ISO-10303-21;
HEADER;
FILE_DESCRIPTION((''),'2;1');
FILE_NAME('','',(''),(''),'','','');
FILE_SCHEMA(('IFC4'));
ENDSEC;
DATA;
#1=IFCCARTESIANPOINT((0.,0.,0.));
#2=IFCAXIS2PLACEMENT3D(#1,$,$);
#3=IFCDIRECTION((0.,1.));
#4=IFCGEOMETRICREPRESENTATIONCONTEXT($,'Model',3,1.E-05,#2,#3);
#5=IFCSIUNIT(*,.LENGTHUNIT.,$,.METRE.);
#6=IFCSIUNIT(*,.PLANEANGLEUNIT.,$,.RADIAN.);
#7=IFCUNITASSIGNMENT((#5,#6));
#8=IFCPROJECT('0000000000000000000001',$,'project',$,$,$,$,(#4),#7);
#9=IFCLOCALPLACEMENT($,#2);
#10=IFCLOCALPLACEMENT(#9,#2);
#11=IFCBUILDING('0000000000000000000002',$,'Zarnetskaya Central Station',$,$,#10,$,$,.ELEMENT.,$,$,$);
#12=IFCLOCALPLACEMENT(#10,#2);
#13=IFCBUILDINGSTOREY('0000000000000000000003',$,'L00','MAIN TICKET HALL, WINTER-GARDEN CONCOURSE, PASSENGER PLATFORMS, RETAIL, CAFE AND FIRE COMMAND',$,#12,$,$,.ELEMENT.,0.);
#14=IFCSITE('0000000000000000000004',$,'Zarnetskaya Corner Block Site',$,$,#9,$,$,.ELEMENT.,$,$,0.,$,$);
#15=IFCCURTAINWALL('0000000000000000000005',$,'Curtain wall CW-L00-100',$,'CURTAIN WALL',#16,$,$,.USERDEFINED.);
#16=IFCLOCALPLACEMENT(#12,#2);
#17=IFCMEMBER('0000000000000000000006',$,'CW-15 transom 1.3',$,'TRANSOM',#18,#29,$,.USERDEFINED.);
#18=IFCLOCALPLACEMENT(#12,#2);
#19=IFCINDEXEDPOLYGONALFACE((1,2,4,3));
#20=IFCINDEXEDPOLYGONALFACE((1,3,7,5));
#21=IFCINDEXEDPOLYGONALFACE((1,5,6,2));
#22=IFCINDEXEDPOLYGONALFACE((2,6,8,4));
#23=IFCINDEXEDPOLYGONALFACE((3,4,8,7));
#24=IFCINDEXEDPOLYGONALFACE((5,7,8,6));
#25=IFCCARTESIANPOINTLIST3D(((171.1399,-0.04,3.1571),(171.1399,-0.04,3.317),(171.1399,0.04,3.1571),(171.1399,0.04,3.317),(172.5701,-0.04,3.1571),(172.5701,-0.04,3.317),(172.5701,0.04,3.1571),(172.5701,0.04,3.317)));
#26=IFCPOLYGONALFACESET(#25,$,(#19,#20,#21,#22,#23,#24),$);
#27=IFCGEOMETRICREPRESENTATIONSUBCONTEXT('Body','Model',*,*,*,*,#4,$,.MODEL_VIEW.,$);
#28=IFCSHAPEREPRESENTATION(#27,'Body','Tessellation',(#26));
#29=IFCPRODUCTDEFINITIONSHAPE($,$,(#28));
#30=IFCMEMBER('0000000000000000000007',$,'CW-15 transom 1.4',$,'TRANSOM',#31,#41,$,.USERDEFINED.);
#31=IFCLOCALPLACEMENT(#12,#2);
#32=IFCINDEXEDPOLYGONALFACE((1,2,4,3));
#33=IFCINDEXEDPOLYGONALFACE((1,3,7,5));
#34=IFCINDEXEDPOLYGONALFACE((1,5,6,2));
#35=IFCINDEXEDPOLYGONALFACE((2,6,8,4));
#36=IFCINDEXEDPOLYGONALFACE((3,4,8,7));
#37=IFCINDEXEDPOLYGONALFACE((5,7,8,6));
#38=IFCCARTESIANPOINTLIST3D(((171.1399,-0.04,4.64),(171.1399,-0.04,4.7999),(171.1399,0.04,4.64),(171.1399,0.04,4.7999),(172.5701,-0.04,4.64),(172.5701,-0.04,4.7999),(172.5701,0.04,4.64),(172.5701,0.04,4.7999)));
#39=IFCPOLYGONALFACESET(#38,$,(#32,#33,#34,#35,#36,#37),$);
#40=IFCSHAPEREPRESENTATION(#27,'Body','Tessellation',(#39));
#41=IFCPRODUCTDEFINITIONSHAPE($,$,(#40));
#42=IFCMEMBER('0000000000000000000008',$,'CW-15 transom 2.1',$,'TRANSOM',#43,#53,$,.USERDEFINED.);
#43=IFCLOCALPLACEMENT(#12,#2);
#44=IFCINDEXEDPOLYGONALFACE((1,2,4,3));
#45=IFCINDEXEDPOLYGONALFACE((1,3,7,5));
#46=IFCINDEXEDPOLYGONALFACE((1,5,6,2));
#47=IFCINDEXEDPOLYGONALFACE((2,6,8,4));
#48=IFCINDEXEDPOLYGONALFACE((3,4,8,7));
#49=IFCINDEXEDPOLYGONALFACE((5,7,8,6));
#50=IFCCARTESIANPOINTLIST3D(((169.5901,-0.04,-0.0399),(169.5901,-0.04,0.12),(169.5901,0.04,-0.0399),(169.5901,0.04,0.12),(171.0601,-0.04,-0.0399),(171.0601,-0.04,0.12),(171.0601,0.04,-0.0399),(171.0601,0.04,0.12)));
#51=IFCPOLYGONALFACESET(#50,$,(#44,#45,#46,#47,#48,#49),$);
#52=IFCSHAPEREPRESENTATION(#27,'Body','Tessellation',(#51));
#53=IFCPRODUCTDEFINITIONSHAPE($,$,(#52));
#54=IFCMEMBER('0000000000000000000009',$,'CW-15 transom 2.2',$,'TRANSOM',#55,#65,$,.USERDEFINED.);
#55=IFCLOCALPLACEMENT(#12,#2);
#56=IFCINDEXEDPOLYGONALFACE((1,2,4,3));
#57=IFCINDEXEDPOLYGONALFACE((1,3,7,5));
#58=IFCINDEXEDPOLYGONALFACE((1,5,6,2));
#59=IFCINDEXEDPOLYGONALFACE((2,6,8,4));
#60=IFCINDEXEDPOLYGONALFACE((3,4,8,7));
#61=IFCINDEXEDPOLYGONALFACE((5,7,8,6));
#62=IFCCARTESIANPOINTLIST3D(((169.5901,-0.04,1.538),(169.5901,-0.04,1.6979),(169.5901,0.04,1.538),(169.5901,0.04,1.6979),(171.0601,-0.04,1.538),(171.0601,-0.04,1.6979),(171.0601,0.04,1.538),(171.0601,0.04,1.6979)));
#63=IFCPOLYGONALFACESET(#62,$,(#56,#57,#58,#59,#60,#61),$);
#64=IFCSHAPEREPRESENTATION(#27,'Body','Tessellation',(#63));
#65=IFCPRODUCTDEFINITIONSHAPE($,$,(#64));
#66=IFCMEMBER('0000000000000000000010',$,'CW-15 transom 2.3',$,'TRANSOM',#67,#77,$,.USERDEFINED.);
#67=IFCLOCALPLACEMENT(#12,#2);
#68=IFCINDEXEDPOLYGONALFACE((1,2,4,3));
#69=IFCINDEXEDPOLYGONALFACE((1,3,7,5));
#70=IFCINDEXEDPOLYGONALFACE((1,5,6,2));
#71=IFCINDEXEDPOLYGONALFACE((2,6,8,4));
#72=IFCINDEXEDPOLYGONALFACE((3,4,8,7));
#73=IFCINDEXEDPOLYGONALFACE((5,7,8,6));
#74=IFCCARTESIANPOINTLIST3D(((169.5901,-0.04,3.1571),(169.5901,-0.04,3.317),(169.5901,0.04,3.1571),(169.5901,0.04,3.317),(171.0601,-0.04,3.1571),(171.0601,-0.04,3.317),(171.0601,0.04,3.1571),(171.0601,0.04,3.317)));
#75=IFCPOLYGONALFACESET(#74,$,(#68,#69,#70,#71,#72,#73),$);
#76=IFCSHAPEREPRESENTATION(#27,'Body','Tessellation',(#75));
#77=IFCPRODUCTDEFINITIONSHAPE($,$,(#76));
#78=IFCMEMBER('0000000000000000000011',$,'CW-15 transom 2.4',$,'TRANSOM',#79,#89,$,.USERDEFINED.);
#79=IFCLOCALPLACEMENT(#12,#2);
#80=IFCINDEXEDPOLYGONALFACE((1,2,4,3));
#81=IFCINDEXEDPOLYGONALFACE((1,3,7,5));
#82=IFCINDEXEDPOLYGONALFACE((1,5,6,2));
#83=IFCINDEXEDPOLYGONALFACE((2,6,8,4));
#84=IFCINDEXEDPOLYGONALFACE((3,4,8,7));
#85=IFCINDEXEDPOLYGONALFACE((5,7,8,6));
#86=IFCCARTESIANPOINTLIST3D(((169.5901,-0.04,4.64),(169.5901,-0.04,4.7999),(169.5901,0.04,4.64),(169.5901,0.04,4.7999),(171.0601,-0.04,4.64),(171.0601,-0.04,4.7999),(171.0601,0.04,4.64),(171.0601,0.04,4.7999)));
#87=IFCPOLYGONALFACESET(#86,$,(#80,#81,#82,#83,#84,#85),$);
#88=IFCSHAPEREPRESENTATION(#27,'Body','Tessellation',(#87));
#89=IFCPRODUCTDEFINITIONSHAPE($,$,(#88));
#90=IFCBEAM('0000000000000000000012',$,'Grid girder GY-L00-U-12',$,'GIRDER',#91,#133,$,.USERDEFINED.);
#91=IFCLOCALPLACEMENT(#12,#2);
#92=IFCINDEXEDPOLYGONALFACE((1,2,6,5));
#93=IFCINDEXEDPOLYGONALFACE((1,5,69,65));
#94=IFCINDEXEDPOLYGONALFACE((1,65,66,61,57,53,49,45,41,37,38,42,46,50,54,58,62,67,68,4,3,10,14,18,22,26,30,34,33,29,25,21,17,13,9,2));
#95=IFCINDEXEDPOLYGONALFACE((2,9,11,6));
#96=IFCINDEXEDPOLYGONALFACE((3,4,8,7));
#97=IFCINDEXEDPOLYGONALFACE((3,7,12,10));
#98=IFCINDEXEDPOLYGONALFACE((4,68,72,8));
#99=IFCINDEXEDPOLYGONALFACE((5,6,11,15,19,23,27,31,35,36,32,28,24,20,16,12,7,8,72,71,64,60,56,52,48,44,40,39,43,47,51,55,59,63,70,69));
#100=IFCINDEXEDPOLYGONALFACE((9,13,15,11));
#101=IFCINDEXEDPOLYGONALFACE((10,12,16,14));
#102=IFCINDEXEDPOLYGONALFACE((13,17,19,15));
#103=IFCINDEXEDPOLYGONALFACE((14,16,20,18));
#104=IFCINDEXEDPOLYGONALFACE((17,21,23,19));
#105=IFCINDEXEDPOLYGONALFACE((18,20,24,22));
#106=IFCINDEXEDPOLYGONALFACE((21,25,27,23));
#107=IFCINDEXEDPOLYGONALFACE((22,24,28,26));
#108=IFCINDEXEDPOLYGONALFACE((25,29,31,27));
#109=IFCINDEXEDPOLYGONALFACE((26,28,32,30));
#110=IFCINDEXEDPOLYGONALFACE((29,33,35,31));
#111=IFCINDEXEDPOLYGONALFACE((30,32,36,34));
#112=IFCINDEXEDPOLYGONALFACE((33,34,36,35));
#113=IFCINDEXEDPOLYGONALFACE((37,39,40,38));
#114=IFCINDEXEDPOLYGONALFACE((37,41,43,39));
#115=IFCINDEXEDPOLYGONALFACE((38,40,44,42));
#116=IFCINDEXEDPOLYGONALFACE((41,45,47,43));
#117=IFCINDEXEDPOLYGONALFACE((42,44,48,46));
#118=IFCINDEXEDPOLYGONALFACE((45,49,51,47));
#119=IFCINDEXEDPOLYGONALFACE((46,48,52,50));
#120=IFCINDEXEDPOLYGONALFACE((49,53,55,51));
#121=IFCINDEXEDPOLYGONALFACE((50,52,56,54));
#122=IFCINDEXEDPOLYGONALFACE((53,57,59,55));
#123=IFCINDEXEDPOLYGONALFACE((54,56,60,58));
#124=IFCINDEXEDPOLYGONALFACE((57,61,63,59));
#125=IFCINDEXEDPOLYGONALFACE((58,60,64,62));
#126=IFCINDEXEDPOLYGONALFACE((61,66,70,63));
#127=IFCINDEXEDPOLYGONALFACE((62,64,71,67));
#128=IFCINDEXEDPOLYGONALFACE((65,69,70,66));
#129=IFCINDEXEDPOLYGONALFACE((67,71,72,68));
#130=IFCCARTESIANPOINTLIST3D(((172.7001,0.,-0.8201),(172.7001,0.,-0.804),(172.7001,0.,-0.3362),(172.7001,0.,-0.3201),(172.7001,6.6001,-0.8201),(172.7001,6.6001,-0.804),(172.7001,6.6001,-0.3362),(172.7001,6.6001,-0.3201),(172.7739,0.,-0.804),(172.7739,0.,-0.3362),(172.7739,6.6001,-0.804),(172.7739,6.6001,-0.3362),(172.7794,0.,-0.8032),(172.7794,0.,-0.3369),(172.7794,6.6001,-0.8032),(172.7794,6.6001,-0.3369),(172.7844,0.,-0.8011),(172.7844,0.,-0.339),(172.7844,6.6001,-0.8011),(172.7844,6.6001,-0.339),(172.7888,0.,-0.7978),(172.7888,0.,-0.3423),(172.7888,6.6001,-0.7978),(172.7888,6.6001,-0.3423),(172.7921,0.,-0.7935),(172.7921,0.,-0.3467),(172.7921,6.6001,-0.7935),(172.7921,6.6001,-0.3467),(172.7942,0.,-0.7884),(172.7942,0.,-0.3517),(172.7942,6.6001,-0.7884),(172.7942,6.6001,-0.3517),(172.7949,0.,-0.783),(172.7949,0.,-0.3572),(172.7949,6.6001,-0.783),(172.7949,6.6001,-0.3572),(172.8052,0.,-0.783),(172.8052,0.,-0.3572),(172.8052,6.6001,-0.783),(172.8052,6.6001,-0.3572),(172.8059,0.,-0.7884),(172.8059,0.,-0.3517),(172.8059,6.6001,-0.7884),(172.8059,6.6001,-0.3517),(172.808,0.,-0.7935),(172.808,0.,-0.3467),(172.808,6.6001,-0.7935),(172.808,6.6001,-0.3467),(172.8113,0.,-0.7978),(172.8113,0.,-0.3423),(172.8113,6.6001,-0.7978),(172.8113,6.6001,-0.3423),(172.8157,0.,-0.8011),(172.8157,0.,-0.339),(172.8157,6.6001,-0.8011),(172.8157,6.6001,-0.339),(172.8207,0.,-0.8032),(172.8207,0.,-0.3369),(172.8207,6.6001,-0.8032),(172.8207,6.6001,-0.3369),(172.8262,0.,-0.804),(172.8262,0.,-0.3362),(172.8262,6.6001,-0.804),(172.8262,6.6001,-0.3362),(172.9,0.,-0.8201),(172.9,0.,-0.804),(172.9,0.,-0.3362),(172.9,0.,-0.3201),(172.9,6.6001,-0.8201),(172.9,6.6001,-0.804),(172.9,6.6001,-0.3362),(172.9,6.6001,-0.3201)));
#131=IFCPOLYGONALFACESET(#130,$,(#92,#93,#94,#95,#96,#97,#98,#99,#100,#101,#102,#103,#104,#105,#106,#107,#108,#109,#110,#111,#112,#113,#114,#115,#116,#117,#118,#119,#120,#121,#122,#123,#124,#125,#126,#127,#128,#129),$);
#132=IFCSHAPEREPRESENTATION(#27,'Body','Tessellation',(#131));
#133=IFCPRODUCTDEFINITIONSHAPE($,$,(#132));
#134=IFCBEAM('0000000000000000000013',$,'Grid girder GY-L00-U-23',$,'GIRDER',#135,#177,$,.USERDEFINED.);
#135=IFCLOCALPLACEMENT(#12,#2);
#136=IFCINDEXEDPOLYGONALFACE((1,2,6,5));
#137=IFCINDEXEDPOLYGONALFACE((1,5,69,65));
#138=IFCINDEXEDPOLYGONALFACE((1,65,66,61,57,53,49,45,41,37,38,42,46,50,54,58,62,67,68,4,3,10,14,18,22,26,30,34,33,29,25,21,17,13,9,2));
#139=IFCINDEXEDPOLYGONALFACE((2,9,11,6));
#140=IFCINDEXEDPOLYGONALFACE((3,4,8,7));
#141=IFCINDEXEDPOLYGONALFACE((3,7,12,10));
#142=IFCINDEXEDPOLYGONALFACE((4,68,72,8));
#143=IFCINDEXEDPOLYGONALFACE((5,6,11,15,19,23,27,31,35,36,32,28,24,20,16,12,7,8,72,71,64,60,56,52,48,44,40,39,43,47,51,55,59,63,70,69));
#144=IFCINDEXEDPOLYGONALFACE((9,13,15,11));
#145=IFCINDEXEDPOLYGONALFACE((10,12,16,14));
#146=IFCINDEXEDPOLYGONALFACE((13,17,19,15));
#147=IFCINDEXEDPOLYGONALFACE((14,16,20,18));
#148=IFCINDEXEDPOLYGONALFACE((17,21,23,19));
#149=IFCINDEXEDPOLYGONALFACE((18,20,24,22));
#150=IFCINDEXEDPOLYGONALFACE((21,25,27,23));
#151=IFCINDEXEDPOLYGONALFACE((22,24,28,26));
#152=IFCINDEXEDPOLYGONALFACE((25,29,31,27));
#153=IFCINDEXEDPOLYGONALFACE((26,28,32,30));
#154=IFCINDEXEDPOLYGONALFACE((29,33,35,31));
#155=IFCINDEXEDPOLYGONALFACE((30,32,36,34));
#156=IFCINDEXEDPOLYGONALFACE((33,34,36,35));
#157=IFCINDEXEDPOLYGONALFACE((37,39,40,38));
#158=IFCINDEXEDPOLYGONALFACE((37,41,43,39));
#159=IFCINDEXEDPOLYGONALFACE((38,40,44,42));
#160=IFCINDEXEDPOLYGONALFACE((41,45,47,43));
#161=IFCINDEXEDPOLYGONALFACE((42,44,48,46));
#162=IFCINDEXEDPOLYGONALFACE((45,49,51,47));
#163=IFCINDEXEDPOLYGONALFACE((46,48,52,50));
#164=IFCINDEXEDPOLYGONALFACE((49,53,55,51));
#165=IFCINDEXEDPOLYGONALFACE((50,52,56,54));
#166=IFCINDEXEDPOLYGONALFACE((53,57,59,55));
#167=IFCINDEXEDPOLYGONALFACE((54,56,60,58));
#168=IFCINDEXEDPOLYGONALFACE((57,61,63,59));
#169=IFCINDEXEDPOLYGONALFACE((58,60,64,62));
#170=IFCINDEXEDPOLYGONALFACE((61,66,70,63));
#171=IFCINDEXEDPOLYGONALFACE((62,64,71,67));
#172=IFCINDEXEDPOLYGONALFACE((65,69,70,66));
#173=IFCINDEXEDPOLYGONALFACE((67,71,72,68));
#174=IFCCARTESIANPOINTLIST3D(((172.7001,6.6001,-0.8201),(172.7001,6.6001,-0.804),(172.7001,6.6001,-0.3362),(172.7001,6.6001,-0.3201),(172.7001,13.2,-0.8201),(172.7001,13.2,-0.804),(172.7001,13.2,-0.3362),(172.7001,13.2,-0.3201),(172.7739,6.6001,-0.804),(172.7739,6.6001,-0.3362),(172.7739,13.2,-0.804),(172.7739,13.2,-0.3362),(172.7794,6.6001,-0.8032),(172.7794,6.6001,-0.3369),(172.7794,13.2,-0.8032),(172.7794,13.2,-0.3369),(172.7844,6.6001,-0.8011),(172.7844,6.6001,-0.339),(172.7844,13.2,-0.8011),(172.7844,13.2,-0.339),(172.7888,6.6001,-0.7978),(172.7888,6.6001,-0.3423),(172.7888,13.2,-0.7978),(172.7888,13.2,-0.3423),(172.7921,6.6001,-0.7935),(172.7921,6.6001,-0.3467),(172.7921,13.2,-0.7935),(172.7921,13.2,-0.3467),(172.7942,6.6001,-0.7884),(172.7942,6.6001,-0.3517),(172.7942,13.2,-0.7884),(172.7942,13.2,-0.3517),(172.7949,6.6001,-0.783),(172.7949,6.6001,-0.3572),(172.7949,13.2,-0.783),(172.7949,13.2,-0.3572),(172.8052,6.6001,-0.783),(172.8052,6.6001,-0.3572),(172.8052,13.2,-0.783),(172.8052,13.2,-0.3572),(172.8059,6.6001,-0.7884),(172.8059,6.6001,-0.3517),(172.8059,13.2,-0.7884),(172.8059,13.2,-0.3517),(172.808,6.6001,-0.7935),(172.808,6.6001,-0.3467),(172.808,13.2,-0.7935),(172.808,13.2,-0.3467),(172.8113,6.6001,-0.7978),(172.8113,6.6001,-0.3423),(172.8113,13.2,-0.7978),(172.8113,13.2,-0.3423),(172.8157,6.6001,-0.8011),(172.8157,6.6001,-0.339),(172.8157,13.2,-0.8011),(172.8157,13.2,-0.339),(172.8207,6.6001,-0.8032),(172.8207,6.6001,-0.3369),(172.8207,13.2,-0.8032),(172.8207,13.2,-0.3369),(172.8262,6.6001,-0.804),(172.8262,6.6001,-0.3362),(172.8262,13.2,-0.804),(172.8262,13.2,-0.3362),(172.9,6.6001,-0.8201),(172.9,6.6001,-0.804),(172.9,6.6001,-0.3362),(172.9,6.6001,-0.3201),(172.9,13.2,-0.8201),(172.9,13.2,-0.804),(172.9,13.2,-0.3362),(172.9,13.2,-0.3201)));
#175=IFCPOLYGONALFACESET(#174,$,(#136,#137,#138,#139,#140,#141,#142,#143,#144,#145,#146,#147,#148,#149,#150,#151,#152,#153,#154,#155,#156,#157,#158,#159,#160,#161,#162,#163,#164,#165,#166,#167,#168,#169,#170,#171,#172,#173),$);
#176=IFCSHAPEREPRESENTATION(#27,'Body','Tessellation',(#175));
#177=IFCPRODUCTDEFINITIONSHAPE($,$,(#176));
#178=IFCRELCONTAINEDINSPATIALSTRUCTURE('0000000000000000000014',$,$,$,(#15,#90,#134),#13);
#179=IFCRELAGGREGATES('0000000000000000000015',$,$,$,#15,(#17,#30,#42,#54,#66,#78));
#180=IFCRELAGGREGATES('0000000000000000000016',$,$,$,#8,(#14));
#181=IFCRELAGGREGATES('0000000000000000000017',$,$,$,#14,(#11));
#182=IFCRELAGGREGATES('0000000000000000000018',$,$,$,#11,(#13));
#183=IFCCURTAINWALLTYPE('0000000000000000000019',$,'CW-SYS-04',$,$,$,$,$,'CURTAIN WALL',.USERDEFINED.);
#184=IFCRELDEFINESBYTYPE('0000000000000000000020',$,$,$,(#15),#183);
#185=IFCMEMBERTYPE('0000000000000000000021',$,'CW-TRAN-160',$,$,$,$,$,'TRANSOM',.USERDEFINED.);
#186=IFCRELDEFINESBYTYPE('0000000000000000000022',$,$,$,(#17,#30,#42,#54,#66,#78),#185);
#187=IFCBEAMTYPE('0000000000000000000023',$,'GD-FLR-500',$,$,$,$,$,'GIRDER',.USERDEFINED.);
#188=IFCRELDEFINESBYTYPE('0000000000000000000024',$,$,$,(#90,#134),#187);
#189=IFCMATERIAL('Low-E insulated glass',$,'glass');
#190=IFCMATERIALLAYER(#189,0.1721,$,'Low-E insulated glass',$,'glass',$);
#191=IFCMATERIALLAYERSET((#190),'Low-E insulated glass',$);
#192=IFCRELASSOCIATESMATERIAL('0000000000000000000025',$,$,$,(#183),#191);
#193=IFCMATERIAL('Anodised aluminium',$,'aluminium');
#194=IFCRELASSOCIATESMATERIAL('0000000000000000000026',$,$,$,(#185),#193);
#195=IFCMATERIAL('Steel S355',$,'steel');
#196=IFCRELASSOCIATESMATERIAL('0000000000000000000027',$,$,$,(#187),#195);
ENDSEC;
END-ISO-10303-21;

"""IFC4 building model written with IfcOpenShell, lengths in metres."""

from ifc_helpers import new_model, si_unit, direction, frame, origin, origin_2d, place, context, subcontext, project, spatial, rectangle, i_section, extrude, material, layer, layer_set, material_profile, profile_set, type_object, element, aggregate, save


model = new_model("IFC4")

# Units and contexts
model_context = context("Model", 3, precision=1e-05, world=origin(), true_north=direction((0.0, 1.0)))
body_context = subcontext(model_context, "Body", "Model", "MODEL_VIEW")
ifc_project = project(units=[si_unit("LENGTHUNIT", "METRE"), si_unit("PLANEANGLEUNIT", "RADIAN")], contexts=[model_context])

# Site, building, storey
site_placement = place(None, origin())
site = spatial("IfcSite", under=ifc_project, at=site_placement, Name="Zarnetskaya Corner Block Site", CompositionType="ELEMENT", RefElevation=0.0)
building_placement = place(site_placement, origin())
building = spatial("IfcBuilding", under=site, at=building_placement, Name="Zarnetskaya Central Station", CompositionType="ELEMENT")
storey_placement = place(building_placement, origin())
storey = spatial("IfcBuildingStorey", under=building, at=storey_placement, Name="L00", Description="MAIN TICKET HALL, WINTER-GARDEN CONCOURSE, PASSENGER PLATFORMS, RETAIL, CAFE AND FIRE COMMAND", CompositionType="ELEMENT", Elevation=0.0)

# Shared definitions
ifc_material_1 = material(Name="Steel S355", Category="steel")

# Curtain wall, members
ifc_material_2 = material(Name="Low-E insulated glass", Category="glass")
ifc_layer_1 = layer(ifc_material_2, 0.1721, Name="Low-E insulated glass", Category="glass")
ifc_layer_set_1 = layer_set([ifc_layer_1], Name="Low-E insulated glass")
curtain_wall_type = type_object("IfcCurtainWallType", Name="CW-SYS-04", ElementType="CURTAIN WALL", PredefinedType="USERDEFINED", material=ifc_layer_set_1)
curtain_wall_placement = place(storey_placement, origin())
curtain_wall = element("IfcCurtainWall", 1, at=curtain_wall_placement, inside=storey, type_object=curtain_wall_type, Name="Curtain wall CW-L00-100", ObjectType="CURTAIN WALL", PredefinedType="USERDEFINED")
ifc_material_3 = material(Name="Anodised aluminium", Category="aluminium")
ifc_material_profile_1 = material_profile(ifc_material_3, rectangle(XDim=0.0801, YDim=0.1599, at=origin_2d()), Name="ALU TRAN 80x160")
ifc_profile_set_1 = profile_set([ifc_material_profile_1], Name="Anodised aluminium")
member_type_1 = type_object("IfcMemberType", Name="CW-TRAN-160", ElementType="TRANSOM", PredefinedType="USERDEFINED", material=ifc_profile_set_1)
member_1_placement = place(storey_placement, frame((172.5701, 0.0, 3.2371), z_axis=(-1.0, 0.0, 0.0), x_axis=(0.0, -1.0, 0.0)))
member_1 = element("IfcMember", 2, at=member_1_placement, type_object=member_type_1, Name="CW-15 transom 1.3", ObjectType="TRANSOM", PredefinedType="USERDEFINED", context=body_context, shape_type="SweptSolid", body=[
    extrude(rectangle(XDim=0.0801, YDim=0.1599, at=origin_2d()), origin(), (0.0, 0.0, 1.0), 1.4302),
])
member_2_placement = place(storey_placement, frame((172.5701, 0.0, 4.72), z_axis=(-1.0, 0.0, 0.0), x_axis=(0.0, -1.0, 0.0)))
member_2 = element("IfcMember", 3, at=member_2_placement, type_object=member_type_1, Name="CW-15 transom 1.4", ObjectType="TRANSOM", PredefinedType="USERDEFINED", context=body_context, shape_type="SweptSolid", body=[
    extrude(rectangle(XDim=0.0801, YDim=0.1599, at=origin_2d()), origin(), (0.0, 0.0, 1.0), 1.4302),
])
member_3_placement = place(storey_placement, frame((171.0601, 0.0, 0.04), z_axis=(-1.0, 0.0, 0.0), x_axis=(0.0, -1.0, 0.0)))
member_3 = element("IfcMember", 4, at=member_3_placement, type_object=member_type_1, Name="CW-15 transom 2.1", ObjectType="TRANSOM", PredefinedType="USERDEFINED", context=body_context, shape_type="SweptSolid", body=[
    extrude(rectangle(XDim=0.0801, YDim=0.1599, at=origin_2d()), origin(), (0.0, 0.0, 1.0), 1.47),
])
member_4_placement = place(storey_placement, frame((171.0601, 0.0, 1.6179), z_axis=(-1.0, 0.0, 0.0), x_axis=(0.0, -1.0, 0.0)))
member_4 = element("IfcMember", 5, at=member_4_placement, type_object=member_type_1, Name="CW-15 transom 2.2", ObjectType="TRANSOM", PredefinedType="USERDEFINED", context=body_context, shape_type="SweptSolid", body=[
    extrude(rectangle(XDim=0.0801, YDim=0.1599, at=origin_2d()), origin(), (0.0, 0.0, 1.0), 1.47),
])
member_5_placement = place(storey_placement, frame((171.0601, 0.0, 3.2371), z_axis=(-1.0, 0.0, 0.0), x_axis=(0.0, -1.0, 0.0)))
member_5 = element("IfcMember", 6, at=member_5_placement, type_object=member_type_1, Name="CW-15 transom 2.3", ObjectType="TRANSOM", PredefinedType="USERDEFINED", context=body_context, shape_type="SweptSolid", body=[
    extrude(rectangle(XDim=0.0801, YDim=0.1599, at=origin_2d()), origin(), (0.0, 0.0, 1.0), 1.47),
])
member_6_placement = place(storey_placement, frame((171.0601, 0.0, 4.72), z_axis=(-1.0, 0.0, 0.0), x_axis=(0.0, -1.0, 0.0)))
member_6 = element("IfcMember", 7, at=member_6_placement, type_object=member_type_1, Name="CW-15 transom 2.4", ObjectType="TRANSOM", PredefinedType="USERDEFINED", context=body_context, shape_type="SweptSolid", body=[
    extrude(rectangle(XDim=0.0801, YDim=0.1599, at=origin_2d()), origin(), (0.0, 0.0, 1.0), 1.47),
])

# Beams
ifc_material_profile_2 = material_profile(ifc_material_1, i_section(OverallWidth=0.2, OverallDepth=0.5, WebThickness=0.0103, FlangeThickness=0.0161, FilletRadius=0.021, at=origin_2d()), Name="IPE 500")
ifc_profile_set_2 = profile_set([ifc_material_profile_2], Name="Steel S355")
beam_type_1 = type_object("IfcBeamType", Name="GD-FLR-500", ElementType="GIRDER", PredefinedType="USERDEFINED", material=ifc_profile_set_2)
beam_1_placement = place(storey_placement, frame((172.8, 0.0, -0.5701), z_axis=(0.0, 1.0, 0.0), x_axis=(-1.0, 0.0, 0.0)))
element("IfcBeam", 8, at=beam_1_placement, inside=storey, type_object=beam_type_1, Name="Grid girder GY-L00-U-12", ObjectType="GIRDER", PredefinedType="USERDEFINED", context=body_context, shape_type="SweptSolid", body=[
    extrude(i_section(OverallWidth=0.2, OverallDepth=0.5, WebThickness=0.0103, FlangeThickness=0.0161, FilletRadius=0.021, at=origin_2d()), origin(), (0.0, 0.0, 1.0), 6.6001),
])
beam_2_placement = place(storey_placement, frame((172.8, 6.6001, -0.5701), z_axis=(0.0, 1.0, 0.0), x_axis=(-1.0, 0.0, 0.0)))
element("IfcBeam", 9, at=beam_2_placement, inside=storey, type_object=beam_type_1, Name="Grid girder GY-L00-U-23", ObjectType="GIRDER", PredefinedType="USERDEFINED", context=body_context, shape_type="SweptSolid", body=[
    extrude(i_section(OverallWidth=0.2, OverallDepth=0.5, WebThickness=0.0103, FlangeThickness=0.0161, FilletRadius=0.021, at=origin_2d()), origin(), (0.0, 0.0, 1.0), 6.5999),
])

aggregate(curtain_wall, [member_1, member_2, member_3, member_4, member_5, member_6])

save(model, "model.ifc")
